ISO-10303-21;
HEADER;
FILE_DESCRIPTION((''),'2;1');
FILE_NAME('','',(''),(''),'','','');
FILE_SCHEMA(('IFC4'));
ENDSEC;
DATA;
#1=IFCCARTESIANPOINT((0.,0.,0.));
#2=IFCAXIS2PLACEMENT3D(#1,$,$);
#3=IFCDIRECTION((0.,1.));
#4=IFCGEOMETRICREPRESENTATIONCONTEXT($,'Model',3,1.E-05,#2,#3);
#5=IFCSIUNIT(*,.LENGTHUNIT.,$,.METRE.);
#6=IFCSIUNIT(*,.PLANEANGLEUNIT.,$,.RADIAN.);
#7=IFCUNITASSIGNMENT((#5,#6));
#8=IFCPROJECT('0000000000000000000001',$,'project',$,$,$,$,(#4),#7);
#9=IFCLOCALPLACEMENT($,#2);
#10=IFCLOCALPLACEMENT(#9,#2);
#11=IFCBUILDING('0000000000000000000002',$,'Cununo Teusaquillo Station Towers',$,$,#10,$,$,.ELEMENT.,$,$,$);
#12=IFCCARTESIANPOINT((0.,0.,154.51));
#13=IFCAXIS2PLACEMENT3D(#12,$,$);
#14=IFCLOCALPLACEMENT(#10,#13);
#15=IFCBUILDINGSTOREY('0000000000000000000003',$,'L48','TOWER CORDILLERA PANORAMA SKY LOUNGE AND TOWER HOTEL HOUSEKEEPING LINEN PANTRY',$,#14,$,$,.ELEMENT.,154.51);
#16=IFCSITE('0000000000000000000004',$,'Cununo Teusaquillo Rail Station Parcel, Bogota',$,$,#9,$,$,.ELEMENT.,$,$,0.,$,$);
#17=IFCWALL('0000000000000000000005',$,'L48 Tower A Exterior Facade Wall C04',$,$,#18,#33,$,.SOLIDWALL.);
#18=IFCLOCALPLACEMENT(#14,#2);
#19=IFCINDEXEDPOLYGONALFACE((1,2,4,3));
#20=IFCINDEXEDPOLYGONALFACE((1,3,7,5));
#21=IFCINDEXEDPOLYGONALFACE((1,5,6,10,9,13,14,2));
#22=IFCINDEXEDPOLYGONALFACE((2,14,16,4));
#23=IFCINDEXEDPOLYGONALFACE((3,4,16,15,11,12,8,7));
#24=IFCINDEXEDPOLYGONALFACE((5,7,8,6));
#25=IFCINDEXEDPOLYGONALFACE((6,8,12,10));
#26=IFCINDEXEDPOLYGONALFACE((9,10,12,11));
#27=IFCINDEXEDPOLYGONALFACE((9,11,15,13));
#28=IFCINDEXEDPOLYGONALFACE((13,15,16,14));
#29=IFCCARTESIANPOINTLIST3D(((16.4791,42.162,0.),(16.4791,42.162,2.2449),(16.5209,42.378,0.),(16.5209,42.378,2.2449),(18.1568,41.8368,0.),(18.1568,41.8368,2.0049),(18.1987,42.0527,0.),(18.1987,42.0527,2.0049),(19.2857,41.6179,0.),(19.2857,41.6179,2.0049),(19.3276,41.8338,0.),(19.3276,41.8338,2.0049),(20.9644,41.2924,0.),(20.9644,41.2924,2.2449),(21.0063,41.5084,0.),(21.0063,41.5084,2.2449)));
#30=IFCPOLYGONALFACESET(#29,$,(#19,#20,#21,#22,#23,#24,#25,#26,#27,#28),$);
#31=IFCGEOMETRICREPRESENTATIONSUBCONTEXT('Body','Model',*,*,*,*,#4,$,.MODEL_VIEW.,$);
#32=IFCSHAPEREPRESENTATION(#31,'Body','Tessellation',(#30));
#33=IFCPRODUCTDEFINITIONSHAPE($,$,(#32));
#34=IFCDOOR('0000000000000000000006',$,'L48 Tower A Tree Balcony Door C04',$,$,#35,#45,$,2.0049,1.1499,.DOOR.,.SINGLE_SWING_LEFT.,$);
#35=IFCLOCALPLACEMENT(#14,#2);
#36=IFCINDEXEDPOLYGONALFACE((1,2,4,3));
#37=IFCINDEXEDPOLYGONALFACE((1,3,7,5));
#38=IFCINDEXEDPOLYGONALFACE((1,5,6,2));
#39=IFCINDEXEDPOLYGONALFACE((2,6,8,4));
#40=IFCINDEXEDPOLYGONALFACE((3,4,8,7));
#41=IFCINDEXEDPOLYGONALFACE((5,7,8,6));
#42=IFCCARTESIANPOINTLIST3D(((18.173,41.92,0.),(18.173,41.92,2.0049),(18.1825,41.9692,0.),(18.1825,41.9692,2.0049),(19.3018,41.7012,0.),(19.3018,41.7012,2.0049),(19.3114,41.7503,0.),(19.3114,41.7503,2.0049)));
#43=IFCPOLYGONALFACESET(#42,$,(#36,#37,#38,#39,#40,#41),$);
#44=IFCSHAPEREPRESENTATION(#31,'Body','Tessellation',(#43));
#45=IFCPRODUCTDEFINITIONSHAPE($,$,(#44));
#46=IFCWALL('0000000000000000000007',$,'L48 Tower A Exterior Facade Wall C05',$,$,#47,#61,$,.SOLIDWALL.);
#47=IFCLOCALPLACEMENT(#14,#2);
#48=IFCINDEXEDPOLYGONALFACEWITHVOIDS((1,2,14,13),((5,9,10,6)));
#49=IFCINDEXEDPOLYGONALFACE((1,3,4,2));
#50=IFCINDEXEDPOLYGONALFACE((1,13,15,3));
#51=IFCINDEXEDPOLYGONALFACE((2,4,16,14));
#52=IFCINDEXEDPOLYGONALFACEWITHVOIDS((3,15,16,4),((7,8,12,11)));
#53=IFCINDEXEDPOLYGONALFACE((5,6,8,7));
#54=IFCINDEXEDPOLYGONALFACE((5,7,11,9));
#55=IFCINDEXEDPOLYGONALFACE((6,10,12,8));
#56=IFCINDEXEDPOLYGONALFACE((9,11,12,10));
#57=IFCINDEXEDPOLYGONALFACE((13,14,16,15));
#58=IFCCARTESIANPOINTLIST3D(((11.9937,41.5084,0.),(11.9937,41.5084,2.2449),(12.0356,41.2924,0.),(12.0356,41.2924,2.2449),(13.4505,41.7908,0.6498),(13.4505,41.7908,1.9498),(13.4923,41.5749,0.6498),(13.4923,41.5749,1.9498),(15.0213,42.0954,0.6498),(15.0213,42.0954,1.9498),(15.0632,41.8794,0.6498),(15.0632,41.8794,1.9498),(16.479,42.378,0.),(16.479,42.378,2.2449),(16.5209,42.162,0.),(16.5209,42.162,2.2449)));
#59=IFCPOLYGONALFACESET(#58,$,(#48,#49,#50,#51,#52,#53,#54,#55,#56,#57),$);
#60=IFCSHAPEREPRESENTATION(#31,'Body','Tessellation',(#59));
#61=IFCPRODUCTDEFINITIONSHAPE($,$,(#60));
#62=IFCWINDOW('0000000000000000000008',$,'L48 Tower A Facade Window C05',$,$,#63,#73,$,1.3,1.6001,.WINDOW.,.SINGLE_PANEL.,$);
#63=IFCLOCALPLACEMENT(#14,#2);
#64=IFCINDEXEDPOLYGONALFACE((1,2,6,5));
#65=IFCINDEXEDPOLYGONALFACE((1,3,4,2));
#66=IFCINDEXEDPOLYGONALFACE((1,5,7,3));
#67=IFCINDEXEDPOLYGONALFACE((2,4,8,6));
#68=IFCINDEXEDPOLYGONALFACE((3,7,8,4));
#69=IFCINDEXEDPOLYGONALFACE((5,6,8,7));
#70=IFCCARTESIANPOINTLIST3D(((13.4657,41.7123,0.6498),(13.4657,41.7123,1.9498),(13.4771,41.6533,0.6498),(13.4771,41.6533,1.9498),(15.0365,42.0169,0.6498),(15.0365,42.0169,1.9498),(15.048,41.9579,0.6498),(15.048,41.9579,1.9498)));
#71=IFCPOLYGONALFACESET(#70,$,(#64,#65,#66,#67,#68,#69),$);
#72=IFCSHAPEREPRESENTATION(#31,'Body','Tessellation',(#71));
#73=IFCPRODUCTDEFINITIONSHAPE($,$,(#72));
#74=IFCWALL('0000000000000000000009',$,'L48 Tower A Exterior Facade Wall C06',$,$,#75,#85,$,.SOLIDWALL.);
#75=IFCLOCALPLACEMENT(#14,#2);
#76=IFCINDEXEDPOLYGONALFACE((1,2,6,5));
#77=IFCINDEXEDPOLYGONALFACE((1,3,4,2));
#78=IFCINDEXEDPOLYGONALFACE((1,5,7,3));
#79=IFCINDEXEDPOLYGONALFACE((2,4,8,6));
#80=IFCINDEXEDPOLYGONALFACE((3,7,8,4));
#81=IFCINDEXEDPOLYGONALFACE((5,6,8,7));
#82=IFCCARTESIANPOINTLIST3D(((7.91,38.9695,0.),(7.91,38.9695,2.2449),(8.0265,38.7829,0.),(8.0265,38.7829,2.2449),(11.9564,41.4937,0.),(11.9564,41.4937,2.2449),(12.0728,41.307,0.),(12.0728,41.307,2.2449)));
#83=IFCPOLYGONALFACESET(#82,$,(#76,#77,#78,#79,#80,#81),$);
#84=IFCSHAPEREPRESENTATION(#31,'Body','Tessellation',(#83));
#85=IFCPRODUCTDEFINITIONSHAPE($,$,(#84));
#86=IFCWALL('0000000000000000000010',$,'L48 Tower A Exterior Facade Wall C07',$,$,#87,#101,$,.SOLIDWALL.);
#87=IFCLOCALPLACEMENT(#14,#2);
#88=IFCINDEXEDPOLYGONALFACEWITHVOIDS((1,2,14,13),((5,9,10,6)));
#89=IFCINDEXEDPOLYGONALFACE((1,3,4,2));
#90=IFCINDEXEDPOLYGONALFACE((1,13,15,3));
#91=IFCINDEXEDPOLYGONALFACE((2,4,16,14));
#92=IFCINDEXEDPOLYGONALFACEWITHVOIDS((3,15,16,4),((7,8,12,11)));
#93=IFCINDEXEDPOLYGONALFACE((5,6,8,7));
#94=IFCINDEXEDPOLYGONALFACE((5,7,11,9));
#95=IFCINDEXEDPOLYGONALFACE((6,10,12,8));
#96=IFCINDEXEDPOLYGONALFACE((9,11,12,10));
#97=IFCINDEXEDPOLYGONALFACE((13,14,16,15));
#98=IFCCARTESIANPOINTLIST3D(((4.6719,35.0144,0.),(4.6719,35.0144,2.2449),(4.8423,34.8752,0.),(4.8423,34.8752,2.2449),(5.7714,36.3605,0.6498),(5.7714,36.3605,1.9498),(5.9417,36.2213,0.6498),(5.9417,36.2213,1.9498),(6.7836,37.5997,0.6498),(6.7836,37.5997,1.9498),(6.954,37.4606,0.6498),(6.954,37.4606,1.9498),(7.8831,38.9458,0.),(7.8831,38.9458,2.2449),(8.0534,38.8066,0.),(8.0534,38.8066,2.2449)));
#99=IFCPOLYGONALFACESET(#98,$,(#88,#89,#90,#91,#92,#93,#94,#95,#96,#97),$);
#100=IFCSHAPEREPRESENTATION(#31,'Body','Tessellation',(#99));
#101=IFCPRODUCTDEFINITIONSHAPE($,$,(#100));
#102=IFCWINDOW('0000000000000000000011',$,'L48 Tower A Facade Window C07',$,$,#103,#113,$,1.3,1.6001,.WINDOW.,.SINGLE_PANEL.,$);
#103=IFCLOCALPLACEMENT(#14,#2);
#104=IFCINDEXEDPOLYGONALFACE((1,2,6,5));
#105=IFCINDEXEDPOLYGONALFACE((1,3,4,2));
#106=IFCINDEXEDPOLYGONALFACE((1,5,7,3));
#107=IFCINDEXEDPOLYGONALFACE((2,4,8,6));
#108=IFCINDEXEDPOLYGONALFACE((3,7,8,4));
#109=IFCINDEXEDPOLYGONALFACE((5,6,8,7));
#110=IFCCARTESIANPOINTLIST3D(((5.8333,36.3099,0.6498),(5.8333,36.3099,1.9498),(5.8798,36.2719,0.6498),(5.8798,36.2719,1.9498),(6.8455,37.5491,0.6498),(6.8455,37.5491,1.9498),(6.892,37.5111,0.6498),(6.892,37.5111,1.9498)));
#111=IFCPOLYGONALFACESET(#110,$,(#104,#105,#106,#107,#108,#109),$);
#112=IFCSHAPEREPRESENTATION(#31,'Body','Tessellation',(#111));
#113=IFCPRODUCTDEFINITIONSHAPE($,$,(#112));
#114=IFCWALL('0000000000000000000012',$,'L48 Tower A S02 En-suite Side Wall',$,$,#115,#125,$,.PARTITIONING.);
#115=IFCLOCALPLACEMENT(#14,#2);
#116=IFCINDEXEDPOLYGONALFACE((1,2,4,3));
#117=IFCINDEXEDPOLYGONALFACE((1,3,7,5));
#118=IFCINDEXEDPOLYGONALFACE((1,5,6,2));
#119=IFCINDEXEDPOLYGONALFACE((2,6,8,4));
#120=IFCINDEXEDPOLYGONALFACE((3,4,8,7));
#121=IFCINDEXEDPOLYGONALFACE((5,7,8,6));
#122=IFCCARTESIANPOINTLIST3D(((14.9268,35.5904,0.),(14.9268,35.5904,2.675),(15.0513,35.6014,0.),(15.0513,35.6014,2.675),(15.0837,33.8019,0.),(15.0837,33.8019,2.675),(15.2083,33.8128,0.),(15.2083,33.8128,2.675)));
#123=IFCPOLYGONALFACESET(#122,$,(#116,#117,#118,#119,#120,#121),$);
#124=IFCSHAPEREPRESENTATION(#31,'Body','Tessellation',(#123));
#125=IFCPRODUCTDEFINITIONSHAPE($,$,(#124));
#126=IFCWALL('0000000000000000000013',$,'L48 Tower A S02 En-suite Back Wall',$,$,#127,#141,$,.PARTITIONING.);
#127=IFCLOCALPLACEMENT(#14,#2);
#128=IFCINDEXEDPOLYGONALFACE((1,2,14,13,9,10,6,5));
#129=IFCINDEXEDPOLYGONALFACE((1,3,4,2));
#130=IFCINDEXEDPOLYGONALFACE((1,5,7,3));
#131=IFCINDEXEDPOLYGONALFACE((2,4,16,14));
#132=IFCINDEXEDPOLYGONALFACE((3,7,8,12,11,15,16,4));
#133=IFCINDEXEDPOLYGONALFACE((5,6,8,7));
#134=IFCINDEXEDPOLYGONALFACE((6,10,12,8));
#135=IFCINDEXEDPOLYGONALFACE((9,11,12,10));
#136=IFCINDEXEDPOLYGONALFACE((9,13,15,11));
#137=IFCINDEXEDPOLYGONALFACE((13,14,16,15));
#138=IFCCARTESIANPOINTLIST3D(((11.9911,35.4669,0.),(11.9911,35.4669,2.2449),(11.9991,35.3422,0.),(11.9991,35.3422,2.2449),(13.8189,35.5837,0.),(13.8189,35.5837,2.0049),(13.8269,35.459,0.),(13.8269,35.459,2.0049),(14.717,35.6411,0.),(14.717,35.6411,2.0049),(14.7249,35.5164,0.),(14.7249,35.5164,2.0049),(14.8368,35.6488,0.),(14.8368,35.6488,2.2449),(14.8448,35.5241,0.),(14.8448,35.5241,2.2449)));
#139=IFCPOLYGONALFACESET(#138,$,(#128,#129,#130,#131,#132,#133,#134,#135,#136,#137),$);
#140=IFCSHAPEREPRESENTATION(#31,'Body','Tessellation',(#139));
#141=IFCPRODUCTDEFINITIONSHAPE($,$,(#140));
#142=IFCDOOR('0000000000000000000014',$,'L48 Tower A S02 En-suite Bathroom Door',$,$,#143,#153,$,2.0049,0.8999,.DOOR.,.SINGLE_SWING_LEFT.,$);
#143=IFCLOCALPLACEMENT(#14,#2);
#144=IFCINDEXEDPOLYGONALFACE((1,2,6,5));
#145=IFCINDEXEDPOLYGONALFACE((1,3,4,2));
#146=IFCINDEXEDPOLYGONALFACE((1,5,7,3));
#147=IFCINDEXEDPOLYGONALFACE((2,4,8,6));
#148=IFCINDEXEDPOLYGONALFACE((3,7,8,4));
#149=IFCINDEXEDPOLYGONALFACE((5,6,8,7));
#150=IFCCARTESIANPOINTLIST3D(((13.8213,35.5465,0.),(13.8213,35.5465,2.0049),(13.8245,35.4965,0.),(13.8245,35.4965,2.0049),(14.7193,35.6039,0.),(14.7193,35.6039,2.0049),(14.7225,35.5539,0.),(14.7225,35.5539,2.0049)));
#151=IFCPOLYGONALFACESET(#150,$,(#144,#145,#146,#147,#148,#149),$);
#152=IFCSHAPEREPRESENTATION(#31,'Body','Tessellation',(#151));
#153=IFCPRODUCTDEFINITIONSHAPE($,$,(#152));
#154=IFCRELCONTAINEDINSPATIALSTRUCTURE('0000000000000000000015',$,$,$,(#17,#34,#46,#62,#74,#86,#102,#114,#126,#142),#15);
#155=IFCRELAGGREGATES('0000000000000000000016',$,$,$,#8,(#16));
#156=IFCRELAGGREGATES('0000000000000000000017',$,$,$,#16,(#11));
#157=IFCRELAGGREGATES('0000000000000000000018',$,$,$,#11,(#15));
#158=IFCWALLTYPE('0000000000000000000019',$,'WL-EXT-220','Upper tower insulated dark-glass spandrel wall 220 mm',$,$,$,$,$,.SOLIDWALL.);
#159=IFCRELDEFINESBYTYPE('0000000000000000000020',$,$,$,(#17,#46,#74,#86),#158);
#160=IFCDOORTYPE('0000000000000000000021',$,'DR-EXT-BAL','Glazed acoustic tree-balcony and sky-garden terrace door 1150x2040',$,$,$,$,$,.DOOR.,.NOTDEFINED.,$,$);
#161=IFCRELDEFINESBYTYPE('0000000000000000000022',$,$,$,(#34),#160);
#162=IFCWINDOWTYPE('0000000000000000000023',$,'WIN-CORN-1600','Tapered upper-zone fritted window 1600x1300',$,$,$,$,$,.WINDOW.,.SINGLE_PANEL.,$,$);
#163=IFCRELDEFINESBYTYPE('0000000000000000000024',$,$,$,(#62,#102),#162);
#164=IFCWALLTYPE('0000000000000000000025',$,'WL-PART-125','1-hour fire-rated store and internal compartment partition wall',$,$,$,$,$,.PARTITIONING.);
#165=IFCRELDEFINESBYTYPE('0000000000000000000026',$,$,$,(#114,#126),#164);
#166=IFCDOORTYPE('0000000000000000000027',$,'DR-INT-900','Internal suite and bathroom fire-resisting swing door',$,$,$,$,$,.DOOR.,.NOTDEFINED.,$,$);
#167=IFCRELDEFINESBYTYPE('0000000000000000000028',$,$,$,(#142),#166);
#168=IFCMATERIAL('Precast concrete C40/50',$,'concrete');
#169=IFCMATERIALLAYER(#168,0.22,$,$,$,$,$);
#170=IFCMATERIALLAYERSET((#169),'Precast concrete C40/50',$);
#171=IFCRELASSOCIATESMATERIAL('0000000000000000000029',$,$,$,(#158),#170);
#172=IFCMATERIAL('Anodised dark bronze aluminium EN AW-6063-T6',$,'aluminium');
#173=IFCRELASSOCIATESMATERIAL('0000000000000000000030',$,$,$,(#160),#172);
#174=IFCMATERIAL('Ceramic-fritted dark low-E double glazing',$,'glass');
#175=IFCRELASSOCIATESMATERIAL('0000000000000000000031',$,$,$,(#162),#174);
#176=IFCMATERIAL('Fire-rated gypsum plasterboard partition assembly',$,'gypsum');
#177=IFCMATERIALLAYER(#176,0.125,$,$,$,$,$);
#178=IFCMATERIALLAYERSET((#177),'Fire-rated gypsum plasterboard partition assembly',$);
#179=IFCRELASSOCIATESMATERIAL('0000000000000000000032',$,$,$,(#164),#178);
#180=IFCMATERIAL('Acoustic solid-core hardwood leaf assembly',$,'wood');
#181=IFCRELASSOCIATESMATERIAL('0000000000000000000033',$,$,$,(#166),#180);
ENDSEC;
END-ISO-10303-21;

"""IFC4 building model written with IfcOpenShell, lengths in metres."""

from ifc_helpers import new_model, si_unit, direction, frame, frame_2d, origin, place, context, subcontext, project, spatial, rectangle, extrude, source, transform, mapped, material, layer, layer_set, type_object, element, fill, save


model = new_model("IFC4")

# Units and contexts
model_context = context("Model", 3, precision=1e-05, world=origin(), true_north=direction((0.0, 1.0)))
body_context = subcontext(model_context, "Body", "Model", "MODEL_VIEW")
ifc_project = project(units=[si_unit("LENGTHUNIT", "METRE"), si_unit("PLANEANGLEUNIT", "RADIAN")], contexts=[model_context])

# Site, building, storey
site_placement = place(None, origin())
site = spatial("IfcSite", under=ifc_project, at=site_placement, Name="Cununo Teusaquillo Rail Station Parcel, Bogota", CompositionType="ELEMENT", RefElevation=0.0)
building_placement = place(site_placement, origin())
building = spatial("IfcBuilding", under=site, at=building_placement, Name="Cununo Teusaquillo Station Towers", CompositionType="ELEMENT")
storey_placement = place(building_placement, frame((0.0, 0.0, 154.51)))
storey = spatial("IfcBuildingStorey", under=building, at=storey_placement, Name="L48", Description="TOWER CORDILLERA PANORAMA SKY LOUNGE AND TOWER HOTEL HOUSEKEEPING LINEN PANTRY", CompositionType="ELEMENT", Elevation=154.51)

# Wall, opening, door
ifc_material_1 = material(Name="Precast concrete C40/50", Category="concrete")
ifc_layer_1 = layer(ifc_material_1, 0.22)
ifc_layer_set_1 = layer_set([ifc_layer_1], Name="Precast concrete C40/50")
wall_type_1 = type_object("IfcWallType", Name="WL-EXT-220", Description="Upper tower insulated dark-glass spandrel wall 220 mm", PredefinedType="SOLIDWALL", material=ifc_layer_set_1)
wall_1_placement = place(storey_placement, frame((16.5, 42.27, 0.0), z_axis=(0.0, 0.0, 1.0), x_axis=(0.981719, -0.190338, 0.0)))
wall_1 = element("IfcWall", 1, at=wall_1_placement, inside=storey, type_object=wall_type_1, Name="L48 Tower A Exterior Facade Wall C04", PredefinedType="SOLIDWALL", context=body_context, shape_type="SweptSolid", body=[
    extrude(rectangle(XDim=4.5688, YDim=0.22, at=frame_2d((2.2844, 0.0))), origin(), (0.0, 0.0, 1.0), 2.2449),
])
shared_shape_1 = source(origin(), body_context, "Body", "SweptSolid", [
    extrude(rectangle(XDim=1.1499, YDim=2.0049, at=frame_2d((0.575, 1.0024))), frame((0.0, 0.1199, 0.0), z_axis=(0.0, -1.0, 0.0), x_axis=(1.0, 0.0, 0.0)), (0.0, 0.0, 1.0), 0.24),
])
opening_1_placement = place(wall_1_placement, frame((1.709, 0.0, 0.0)))
opening_1 = element("IfcOpeningElement", 2, at=opening_1_placement, cuts=wall_1, PredefinedType="OPENING", context=body_context, shape_type="MappedRepresentation", body=[
    mapped(shared_shape_1, transform((0.0, 0.0, 0.0), x_axis=(1.0, 0.0, 0.0), y_axis=(0.0, 1.0, 0.0), z_axis=(0.0, 0.0, 1.0), scale=1.0)),
])
ifc_material_2 = material(Name="Anodised dark bronze aluminium EN AW-6063-T6", Category="aluminium")
door_type_1 = type_object("IfcDoorType", Name="DR-EXT-BAL", Description="Glazed acoustic tree-balcony and sky-garden terrace door 1150x2040", OperationType="NOTDEFINED", PredefinedType="DOOR", material=ifc_material_2)
shared_shape_2 = source(origin(), body_context, "Body", "SweptSolid", [
    extrude(rectangle(XDim=1.1499, YDim=2.0049, at=frame_2d((0.575, 1.0024))), frame((0.0, 0.0249, 0.0), z_axis=(0.0, -1.0, 0.0), x_axis=(1.0, 0.0, 0.0)), (0.0, 0.0, 1.0), 0.05),
])
door_1_placement = place(opening_1_placement, origin())
door_1 = element("IfcDoor", 3, at=door_1_placement, inside=storey, type_object=door_type_1, Name="L48 Tower A Tree Balcony Door C04", OperationType="SINGLE_SWING_LEFT", OverallHeight=2.0049, OverallWidth=1.1499, PredefinedType="DOOR", context=body_context, shape_type="MappedRepresentation", body=[
    mapped(shared_shape_2, transform((0.0, 0.0, 0.0), x_axis=(1.0, 0.0, 0.0), y_axis=(0.0, 1.0, 0.0), z_axis=(0.0, 0.0, 1.0), scale=1.0)),
])
fill(opening_1, door_1)

# Wall, opening, window
wall_2_placement = place(storey_placement, frame((12.0146, 41.4004, 0.0), z_axis=(0.0, 0.0, 1.0), x_axis=(0.981719, 0.190338, 0.0)))
wall_2 = element("IfcWall", 4, at=wall_2_placement, inside=storey, type_object=wall_type_1, Name="L48 Tower A Exterior Facade Wall C05", PredefinedType="SOLIDWALL", context=body_context, shape_type="SweptSolid", body=[
    extrude(rectangle(XDim=4.5688, YDim=0.22, at=frame_2d((2.2844, 0.0))), origin(), (0.0, 0.0, 1.0), 2.2449),
])
shared_shape_3 = source(origin(), body_context, "Body", "SweptSolid", [
    extrude(rectangle(XDim=1.6001, YDim=1.3, at=frame_2d((0.8, 0.6499))), frame((0.0, 0.1199, 0.0), z_axis=(0.0, -1.0, 0.0), x_axis=(1.0, 0.0, 0.0)), (0.0, 0.0, 1.0), 0.24),
])
opening_2_placement = place(wall_2_placement, frame((1.4839, 0.0, 0.6499)))
opening_2 = element("IfcOpeningElement", 5, at=opening_2_placement, cuts=wall_2, PredefinedType="OPENING", context=body_context, shape_type="MappedRepresentation", body=[
    mapped(shared_shape_3, transform((0.0, 0.0, 0.0), x_axis=(1.0, 0.0, 0.0), y_axis=(0.0, 1.0, 0.0), z_axis=(0.0, 0.0, 1.0), scale=1.0)),
])
ifc_material_3 = material(Name="Ceramic-fritted dark low-E double glazing", Category="glass")
window_type = type_object("IfcWindowType", Name="WIN-CORN-1600", Description="Tapered upper-zone fritted window 1600x1300", PartitioningType="SINGLE_PANEL", PredefinedType="WINDOW", material=ifc_material_3)
shared_shape_4 = source(origin(), body_context, "Body", "SweptSolid", [
    extrude(rectangle(XDim=1.6001, YDim=1.3, at=frame_2d((0.8, 0.6499))), frame((0.0, 0.03, 0.0), z_axis=(0.0, -1.0, 0.0), x_axis=(1.0, 0.0, 0.0)), (0.0, 0.0, 1.0), 0.0601),
])
window_1_placement = place(opening_2_placement, origin())
window_1 = element("IfcWindow", 6, at=window_1_placement, inside=storey, type_object=window_type, Name="L48 Tower A Facade Window C05", OverallHeight=1.3, OverallWidth=1.6001, PartitioningType="SINGLE_PANEL", PredefinedType="WINDOW", context=body_context, shape_type="MappedRepresentation", body=[
    mapped(shared_shape_4, transform((0.0, 0.0, 0.0), x_axis=(1.0, 0.0, 0.0), y_axis=(0.0, 1.0, 0.0), z_axis=(0.0, 0.0, 1.0), scale=1.0)),
])
fill(opening_2, window_1)

# Wall
wall_3_placement = place(storey_placement, frame((7.9683, 38.8762, 0.0), z_axis=(0.0, 0.0, 1.0), x_axis=(0.848452, 0.529272, 0.0)))
element("IfcWall", 7, at=wall_3_placement, inside=storey, type_object=wall_type_1, Name="L48 Tower A Exterior Facade Wall C06", PredefinedType="SOLIDWALL", context=body_context, shape_type="SweptSolid", body=[
    extrude(rectangle(XDim=4.769, YDim=0.22, at=frame_2d((2.3845, 0.0))), origin(), (0.0, 0.0, 1.0), 2.2449),
])

# Wall, opening, window
wall_4_placement = place(storey_placement, frame((4.7571, 34.9448, 0.0), z_axis=(0.0, 0.0, 1.0), x_axis=(0.632599, 0.77448, 0.0)))
wall_4 = element("IfcWall", 8, at=wall_4_placement, inside=storey, type_object=wall_type_1, Name="L48 Tower A Exterior Facade Wall C07", PredefinedType="SOLIDWALL", context=body_context, shape_type="SweptSolid", body=[
    extrude(rectangle(XDim=5.0762, YDim=0.22, at=frame_2d((2.5381, 0.0))), origin(), (0.0, 0.0, 1.0), 2.2449),
])
opening_3_placement = place(wall_4_placement, frame((1.738, 0.0, 0.6499)))
opening_3 = element("IfcOpeningElement", 9, at=opening_3_placement, cuts=wall_4, PredefinedType="OPENING", context=body_context, shape_type="MappedRepresentation", body=[
    mapped(shared_shape_3, transform((0.0, 0.0, 0.0), x_axis=(1.0, 0.0, 0.0), y_axis=(0.0, 1.0, 0.0), z_axis=(0.0, 0.0, 1.0), scale=1.0)),
])
window_2_placement = place(opening_3_placement, origin())
window_2 = element("IfcWindow", 10, at=window_2_placement, inside=storey, type_object=window_type, Name="L48 Tower A Facade Window C07", OverallHeight=1.3, OverallWidth=1.6001, PartitioningType="SINGLE_PANEL", PredefinedType="WINDOW", context=body_context, shape_type="MappedRepresentation", body=[
    mapped(shared_shape_4, transform((0.0, 0.0, 0.0), x_axis=(1.0, 0.0, 0.0), y_axis=(0.0, 1.0, 0.0), z_axis=(0.0, 0.0, 1.0), scale=1.0)),
])
fill(opening_3, window_2)

# Wall
ifc_material_4 = material(Name="Fire-rated gypsum plasterboard partition assembly", Category="gypsum")
ifc_layer_2 = layer(ifc_material_4, 0.125)
ifc_layer_set_2 = layer_set([ifc_layer_2], Name="Fire-rated gypsum plasterboard partition assembly")
wall_type_2 = type_object("IfcWallType", Name="WL-PART-125", Description="1-hour fire-rated store and internal compartment partition wall", PredefinedType="PARTITIONING", material=ifc_layer_set_2)
wall_5_placement = place(storey_placement, frame((15.146, 33.8074, 0.0), z_axis=(0.0, 0.0, 1.0), x_axis=(-0.087433, 0.99617, 0.0)))
element("IfcWall", 11, at=wall_5_placement, inside=storey, type_object=wall_type_2, Name="L48 Tower A S02 En-suite Side Wall", PredefinedType="PARTITIONING", context=body_context, shape_type="SweptSolid", body=[
    extrude(rectangle(XDim=1.7954, YDim=0.125, at=frame_2d((0.8977, 0.0))), origin(), (0.0, 0.0, 1.0), 2.675),
])

# Wall, opening, door
wall_6_placement = place(storey_placement, frame((14.8408, 35.5864, 0.0), z_axis=(0.0, 0.0, 1.0), x_axis=(-0.997964, -0.063785, 0.0)))
wall_6 = element("IfcWall", 12, at=wall_6_placement, inside=storey, type_object=wall_type_2, Name="L48 Tower A S02 En-suite Back Wall", PredefinedType="PARTITIONING", context=body_context, shape_type="SweptSolid", body=[
    extrude(rectangle(XDim=2.8516, YDim=0.125, at=frame_2d((1.4258, 0.0))), origin(), (0.0, 0.0, 1.0), 2.2449),
])
shared_shape_5 = source(origin(), body_context, "Body", "SweptSolid", [
    extrude(rectangle(XDim=0.8999, YDim=2.0049, at=frame_2d((0.45, 1.0024))), frame((0.0, 0.0725, 0.0), z_axis=(0.0, -1.0, 0.0), x_axis=(1.0, 0.0, 0.0)), (0.0, 0.0, 1.0), 0.145),
])
opening_4_placement = place(wall_6_placement, frame((0.1201, 0.0, 0.0)))
opening_4 = element("IfcOpeningElement", 13, at=opening_4_placement, cuts=wall_6, PredefinedType="OPENING", context=body_context, shape_type="MappedRepresentation", body=[
    mapped(shared_shape_5, transform((0.0, 0.0, 0.0), x_axis=(1.0, 0.0, 0.0), y_axis=(0.0, 1.0, 0.0), z_axis=(0.0, 0.0, 1.0), scale=1.0)),
])
ifc_material_5 = material(Name="Acoustic solid-core hardwood leaf assembly", Category="wood")
door_type_2 = type_object("IfcDoorType", Name="DR-INT-900", Description="Internal suite and bathroom fire-resisting swing door", OperationType="NOTDEFINED", PredefinedType="DOOR", material=ifc_material_5)
shared_shape_6 = source(origin(), body_context, "Body", "SweptSolid", [
    extrude(rectangle(XDim=0.8999, YDim=2.0049, at=frame_2d((0.45, 1.0024))), frame((0.0, 0.0249, 0.0), z_axis=(0.0, -1.0, 0.0), x_axis=(1.0, 0.0, 0.0)), (0.0, 0.0, 1.0), 0.05),
])
door_2_placement = place(opening_4_placement, origin())
door_2 = element("IfcDoor", 14, at=door_2_placement, inside=storey, type_object=door_type_2, Name="L48 Tower A S02 En-suite Bathroom Door", OperationType="SINGLE_SWING_LEFT", OverallHeight=2.0049, OverallWidth=0.8999, PredefinedType="DOOR", context=body_context, shape_type="MappedRepresentation", body=[
    mapped(shared_shape_6, transform((0.0, 0.0, 0.0), x_axis=(1.0, 0.0, 0.0), y_axis=(0.0, 1.0, 0.0), z_axis=(0.0, 0.0, 1.0), scale=1.0)),
])
fill(opening_4, door_2)

save(model, "model.ifc")
